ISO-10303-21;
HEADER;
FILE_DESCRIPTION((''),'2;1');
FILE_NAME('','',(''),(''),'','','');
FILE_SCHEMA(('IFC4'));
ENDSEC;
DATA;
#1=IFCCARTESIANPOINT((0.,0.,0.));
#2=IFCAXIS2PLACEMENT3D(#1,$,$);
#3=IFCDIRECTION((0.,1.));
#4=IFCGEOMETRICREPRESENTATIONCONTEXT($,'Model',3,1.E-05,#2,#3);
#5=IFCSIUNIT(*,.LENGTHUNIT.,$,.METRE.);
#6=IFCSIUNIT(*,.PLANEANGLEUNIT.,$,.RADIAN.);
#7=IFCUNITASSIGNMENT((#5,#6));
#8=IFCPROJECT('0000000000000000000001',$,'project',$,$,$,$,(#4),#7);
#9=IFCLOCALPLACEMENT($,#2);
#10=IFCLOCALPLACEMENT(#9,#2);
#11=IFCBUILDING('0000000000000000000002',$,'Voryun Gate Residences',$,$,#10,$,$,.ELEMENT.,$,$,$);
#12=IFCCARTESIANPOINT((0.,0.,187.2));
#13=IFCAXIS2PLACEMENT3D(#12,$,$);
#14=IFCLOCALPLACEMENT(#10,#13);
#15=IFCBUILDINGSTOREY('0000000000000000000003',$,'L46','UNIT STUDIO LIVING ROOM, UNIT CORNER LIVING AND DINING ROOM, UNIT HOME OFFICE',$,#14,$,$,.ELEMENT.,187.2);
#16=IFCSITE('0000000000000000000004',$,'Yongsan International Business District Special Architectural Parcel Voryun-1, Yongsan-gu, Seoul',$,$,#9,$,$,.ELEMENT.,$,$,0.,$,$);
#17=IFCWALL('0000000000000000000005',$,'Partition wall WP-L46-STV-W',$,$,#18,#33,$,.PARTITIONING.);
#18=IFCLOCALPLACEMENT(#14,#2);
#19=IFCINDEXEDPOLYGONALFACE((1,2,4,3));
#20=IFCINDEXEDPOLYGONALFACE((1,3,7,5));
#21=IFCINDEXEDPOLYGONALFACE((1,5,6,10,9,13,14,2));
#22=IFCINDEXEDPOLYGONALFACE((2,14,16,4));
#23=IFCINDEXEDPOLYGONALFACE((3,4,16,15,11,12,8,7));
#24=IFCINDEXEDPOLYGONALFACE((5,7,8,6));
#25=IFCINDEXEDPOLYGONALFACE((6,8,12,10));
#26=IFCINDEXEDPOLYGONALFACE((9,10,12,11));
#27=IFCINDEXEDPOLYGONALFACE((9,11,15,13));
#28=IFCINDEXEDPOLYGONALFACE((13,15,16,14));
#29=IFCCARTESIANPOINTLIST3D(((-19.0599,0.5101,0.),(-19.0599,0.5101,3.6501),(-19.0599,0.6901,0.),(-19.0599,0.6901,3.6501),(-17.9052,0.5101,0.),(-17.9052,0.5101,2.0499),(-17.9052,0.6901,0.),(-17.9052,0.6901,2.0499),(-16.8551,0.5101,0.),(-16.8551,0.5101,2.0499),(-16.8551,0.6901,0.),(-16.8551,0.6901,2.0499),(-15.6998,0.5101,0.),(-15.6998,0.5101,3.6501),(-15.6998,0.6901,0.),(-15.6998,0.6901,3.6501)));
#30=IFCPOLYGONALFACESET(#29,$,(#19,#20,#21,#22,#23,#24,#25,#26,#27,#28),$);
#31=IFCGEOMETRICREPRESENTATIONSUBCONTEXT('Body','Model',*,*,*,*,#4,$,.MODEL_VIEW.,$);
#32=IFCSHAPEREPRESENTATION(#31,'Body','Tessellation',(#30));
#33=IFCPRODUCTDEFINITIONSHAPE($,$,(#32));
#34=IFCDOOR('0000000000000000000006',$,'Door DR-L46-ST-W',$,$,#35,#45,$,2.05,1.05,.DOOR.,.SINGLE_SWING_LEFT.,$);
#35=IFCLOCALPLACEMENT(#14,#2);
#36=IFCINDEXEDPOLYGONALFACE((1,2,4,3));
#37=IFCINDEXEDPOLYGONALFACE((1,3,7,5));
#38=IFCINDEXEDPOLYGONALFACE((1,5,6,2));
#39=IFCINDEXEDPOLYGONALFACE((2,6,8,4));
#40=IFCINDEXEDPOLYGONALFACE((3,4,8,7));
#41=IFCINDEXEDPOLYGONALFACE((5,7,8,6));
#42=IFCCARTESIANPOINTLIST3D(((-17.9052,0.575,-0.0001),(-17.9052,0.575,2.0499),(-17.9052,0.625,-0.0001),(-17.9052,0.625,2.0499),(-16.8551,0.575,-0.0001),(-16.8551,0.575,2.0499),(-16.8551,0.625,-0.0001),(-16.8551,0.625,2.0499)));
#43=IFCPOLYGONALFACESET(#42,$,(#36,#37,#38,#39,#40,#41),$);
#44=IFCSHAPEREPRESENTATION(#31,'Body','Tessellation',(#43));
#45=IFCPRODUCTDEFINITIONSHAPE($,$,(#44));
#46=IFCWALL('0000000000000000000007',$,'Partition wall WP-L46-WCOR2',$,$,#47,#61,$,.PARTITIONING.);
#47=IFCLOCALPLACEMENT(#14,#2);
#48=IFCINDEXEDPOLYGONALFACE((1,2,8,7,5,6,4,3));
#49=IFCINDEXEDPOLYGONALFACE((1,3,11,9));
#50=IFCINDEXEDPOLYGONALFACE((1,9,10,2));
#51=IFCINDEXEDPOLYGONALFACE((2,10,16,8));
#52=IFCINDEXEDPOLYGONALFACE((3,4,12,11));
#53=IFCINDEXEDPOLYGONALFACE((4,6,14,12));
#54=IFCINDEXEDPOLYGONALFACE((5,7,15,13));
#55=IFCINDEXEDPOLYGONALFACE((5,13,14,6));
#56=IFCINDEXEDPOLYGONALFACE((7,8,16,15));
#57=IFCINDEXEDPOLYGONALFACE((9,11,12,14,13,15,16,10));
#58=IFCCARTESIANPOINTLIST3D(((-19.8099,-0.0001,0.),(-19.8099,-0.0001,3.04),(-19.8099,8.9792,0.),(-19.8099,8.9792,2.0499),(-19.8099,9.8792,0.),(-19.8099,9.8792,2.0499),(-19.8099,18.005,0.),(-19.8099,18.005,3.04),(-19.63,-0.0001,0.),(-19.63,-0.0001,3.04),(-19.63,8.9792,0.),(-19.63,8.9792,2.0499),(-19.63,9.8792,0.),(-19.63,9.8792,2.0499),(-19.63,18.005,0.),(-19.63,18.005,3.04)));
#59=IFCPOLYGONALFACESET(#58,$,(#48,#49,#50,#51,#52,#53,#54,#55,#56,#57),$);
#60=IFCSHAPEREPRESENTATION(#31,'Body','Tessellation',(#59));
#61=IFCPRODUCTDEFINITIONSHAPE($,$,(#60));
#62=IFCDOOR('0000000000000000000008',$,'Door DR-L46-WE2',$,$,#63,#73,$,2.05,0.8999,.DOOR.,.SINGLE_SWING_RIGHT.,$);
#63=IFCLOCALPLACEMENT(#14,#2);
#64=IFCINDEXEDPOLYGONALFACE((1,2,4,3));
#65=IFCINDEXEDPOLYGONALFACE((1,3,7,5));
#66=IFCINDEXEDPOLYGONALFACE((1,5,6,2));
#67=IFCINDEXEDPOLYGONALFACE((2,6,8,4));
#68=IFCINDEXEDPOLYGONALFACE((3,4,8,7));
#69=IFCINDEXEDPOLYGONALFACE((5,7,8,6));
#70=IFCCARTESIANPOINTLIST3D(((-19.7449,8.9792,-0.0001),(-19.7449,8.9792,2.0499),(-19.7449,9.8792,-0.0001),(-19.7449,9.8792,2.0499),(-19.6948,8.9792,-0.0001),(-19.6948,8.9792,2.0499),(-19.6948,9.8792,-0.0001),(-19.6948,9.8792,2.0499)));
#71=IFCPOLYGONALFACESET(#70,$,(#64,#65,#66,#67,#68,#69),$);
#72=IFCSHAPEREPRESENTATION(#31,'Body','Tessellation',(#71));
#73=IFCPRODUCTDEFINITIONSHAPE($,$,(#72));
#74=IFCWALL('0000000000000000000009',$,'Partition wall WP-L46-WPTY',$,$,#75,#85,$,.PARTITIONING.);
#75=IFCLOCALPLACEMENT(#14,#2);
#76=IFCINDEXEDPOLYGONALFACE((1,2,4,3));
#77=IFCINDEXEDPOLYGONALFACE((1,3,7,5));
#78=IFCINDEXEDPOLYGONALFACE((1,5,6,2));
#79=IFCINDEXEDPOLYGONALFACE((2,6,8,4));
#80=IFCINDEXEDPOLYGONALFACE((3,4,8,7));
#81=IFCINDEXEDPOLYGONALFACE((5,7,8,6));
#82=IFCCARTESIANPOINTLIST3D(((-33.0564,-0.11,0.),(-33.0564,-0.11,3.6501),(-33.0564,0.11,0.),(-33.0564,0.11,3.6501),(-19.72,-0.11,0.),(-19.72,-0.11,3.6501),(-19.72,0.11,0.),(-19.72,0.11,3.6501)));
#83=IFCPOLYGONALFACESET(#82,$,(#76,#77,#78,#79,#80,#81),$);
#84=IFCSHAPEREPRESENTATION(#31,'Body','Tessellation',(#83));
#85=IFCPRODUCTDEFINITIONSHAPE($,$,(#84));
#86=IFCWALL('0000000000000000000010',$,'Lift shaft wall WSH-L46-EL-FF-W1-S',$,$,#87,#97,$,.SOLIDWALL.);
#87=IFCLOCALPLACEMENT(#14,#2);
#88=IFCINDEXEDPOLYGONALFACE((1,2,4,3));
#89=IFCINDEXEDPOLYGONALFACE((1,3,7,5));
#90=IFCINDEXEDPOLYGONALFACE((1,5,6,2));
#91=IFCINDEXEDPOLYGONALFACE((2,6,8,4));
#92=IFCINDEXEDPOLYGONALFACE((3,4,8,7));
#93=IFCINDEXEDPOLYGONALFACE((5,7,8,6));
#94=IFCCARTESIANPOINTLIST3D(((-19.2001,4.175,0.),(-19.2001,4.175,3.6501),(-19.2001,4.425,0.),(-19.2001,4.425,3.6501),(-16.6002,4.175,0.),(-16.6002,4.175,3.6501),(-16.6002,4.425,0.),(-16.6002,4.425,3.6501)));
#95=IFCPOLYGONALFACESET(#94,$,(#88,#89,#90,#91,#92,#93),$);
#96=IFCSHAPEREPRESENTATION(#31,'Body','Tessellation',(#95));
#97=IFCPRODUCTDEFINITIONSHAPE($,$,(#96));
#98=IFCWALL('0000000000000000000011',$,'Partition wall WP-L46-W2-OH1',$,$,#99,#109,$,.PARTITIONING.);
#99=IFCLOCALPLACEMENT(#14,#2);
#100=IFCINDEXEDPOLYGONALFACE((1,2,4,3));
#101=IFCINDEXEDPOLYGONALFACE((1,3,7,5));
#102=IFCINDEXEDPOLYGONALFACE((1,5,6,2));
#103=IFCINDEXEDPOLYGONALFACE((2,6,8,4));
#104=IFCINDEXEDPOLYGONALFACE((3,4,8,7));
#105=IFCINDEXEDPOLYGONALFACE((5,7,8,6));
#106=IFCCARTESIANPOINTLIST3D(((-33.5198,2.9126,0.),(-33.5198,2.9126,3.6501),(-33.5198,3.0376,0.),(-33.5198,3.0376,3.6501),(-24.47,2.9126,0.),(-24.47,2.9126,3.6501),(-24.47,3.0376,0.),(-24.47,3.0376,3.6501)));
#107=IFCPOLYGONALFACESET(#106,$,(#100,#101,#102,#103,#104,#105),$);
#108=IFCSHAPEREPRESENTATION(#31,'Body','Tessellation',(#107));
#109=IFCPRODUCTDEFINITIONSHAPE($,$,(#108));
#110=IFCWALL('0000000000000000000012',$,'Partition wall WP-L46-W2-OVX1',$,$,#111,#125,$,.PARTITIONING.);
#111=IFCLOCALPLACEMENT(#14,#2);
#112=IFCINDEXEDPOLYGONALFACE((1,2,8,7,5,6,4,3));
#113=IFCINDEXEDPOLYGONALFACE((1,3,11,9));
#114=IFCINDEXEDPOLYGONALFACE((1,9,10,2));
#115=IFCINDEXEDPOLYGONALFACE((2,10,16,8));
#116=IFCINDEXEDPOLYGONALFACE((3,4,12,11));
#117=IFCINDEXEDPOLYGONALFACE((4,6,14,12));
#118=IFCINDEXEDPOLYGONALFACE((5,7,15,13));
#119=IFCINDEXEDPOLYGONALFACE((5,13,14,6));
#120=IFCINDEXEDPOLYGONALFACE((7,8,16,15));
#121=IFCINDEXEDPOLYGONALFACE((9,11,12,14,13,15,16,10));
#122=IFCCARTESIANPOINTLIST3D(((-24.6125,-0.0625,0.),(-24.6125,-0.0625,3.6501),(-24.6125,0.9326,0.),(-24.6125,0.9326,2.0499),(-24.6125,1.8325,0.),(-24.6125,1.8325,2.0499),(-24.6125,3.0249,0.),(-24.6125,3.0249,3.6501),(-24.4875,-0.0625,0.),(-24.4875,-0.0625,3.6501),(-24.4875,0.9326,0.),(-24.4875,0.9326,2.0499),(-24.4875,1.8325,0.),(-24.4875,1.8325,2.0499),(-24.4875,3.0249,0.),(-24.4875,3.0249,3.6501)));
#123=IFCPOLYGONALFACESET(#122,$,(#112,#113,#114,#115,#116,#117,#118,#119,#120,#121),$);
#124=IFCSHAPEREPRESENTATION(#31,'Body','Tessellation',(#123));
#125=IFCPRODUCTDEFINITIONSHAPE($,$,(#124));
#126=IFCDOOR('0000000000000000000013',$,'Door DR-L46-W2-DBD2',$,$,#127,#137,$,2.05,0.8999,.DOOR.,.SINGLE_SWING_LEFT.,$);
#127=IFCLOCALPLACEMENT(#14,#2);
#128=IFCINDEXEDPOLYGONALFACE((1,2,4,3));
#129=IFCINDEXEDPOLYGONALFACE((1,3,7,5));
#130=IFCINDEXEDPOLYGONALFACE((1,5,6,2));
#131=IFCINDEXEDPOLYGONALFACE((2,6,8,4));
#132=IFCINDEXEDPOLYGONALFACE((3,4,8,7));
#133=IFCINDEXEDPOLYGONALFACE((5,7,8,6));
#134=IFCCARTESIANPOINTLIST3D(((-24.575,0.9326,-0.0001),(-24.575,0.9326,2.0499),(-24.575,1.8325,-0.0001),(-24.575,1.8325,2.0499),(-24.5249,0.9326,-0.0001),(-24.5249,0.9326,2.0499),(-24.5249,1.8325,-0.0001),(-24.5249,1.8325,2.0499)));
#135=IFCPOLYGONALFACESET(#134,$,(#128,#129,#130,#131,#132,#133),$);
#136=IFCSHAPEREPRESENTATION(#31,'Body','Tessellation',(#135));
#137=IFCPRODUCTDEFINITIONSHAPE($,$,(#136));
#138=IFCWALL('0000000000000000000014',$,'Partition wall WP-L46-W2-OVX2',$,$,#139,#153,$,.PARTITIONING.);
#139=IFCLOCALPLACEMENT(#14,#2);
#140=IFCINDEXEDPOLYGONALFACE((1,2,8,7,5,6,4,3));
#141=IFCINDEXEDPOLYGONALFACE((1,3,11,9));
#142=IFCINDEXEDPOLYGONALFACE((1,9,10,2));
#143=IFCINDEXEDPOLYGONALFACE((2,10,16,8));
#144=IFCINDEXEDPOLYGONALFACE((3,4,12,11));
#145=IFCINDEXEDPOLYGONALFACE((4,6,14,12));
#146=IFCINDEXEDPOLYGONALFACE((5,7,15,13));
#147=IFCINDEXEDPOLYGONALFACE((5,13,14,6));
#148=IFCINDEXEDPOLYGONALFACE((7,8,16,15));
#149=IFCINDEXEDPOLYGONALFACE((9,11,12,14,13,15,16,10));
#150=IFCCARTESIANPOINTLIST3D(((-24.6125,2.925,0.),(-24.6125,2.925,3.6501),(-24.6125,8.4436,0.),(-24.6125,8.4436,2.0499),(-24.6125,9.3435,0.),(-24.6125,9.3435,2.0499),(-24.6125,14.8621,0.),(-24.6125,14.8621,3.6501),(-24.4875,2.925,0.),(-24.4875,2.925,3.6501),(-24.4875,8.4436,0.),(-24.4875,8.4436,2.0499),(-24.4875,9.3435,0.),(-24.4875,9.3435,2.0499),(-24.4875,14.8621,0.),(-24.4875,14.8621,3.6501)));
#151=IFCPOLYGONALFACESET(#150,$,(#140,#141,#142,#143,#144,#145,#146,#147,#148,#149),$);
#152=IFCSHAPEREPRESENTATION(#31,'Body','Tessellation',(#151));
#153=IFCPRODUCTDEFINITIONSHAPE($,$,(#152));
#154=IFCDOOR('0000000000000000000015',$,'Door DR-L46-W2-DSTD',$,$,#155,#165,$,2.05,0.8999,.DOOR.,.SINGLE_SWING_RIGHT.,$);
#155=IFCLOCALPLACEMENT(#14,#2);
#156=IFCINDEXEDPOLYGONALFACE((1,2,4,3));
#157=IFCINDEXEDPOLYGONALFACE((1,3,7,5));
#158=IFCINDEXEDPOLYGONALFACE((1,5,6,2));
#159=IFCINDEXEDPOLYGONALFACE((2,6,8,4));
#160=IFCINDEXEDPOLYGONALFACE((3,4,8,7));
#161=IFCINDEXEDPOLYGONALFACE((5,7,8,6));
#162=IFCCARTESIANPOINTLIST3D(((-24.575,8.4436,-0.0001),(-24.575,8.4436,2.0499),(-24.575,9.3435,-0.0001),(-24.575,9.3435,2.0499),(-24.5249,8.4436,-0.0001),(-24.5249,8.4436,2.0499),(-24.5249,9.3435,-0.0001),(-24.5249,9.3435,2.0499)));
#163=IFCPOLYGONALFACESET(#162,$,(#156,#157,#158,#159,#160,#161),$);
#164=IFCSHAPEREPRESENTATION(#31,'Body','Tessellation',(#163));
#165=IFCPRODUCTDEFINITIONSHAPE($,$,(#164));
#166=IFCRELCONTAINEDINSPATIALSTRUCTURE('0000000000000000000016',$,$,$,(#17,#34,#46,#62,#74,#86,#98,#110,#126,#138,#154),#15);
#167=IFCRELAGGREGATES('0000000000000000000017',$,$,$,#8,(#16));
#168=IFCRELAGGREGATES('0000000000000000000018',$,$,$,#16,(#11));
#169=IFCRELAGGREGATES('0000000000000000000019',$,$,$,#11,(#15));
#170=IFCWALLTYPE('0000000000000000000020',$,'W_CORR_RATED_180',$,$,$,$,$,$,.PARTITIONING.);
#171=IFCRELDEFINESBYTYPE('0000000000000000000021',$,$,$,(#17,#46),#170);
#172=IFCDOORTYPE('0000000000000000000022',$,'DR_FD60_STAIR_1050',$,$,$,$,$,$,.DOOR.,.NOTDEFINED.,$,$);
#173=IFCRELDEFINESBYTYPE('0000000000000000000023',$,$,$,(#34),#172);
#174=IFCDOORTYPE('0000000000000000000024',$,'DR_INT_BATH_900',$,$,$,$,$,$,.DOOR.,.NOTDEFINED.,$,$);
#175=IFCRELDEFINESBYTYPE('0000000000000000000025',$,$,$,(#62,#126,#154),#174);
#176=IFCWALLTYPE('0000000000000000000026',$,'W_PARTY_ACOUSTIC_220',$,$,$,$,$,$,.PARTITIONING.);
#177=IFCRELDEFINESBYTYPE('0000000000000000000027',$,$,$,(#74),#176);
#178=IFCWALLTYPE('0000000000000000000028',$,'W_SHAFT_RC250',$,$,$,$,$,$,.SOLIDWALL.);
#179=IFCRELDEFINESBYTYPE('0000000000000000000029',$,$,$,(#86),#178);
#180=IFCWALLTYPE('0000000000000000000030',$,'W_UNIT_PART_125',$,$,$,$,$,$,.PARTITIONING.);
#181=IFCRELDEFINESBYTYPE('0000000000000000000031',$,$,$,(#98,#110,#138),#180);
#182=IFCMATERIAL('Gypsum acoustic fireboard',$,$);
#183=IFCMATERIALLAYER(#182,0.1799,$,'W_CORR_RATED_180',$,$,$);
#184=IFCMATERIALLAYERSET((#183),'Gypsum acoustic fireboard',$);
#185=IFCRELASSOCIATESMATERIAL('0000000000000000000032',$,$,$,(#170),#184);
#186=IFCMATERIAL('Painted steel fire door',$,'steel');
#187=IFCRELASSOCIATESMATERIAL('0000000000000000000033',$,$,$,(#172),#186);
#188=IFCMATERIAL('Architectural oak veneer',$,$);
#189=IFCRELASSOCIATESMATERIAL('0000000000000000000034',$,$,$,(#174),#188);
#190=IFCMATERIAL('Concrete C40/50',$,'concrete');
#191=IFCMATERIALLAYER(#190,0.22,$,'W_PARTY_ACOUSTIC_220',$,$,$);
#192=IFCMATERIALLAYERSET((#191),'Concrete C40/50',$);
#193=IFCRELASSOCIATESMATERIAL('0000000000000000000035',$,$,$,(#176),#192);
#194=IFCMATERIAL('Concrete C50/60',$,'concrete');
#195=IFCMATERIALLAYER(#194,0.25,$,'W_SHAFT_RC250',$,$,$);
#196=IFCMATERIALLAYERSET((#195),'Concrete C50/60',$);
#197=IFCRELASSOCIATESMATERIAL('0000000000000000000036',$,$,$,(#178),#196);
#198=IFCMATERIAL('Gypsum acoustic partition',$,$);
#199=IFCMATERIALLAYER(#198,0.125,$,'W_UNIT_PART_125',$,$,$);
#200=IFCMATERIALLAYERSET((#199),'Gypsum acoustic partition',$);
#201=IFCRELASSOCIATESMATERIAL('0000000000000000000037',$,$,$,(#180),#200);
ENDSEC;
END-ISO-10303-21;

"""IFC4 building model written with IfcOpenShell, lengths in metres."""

from ifc_helpers import new_model, si_unit, direction, frame, frame_2d, origin, place, context, subcontext, project, spatial, rectangle, extrude, material, layer, layer_set, type_object, element, fill, save


model = new_model("IFC4")

# Units and contexts
model_context = context("Model", 3, precision=1e-05, world=origin(), true_north=direction((0.0, 1.0)))
body_context = subcontext(model_context, "Body", "Model", "MODEL_VIEW")
ifc_project = project(units=[si_unit("LENGTHUNIT", "METRE"), si_unit("PLANEANGLEUNIT", "RADIAN")], contexts=[model_context])

# Site, building, storey
site_placement = place(None, origin())
site = spatial("IfcSite", under=ifc_project, at=site_placement, Name="Yongsan International Business District Special Architectural Parcel Voryun-1, Yongsan-gu, Seoul", CompositionType="ELEMENT", RefElevation=0.0)
building_placement = place(site_placement, origin())
building = spatial("IfcBuilding", under=site, at=building_placement, Name="Voryun Gate Residences", CompositionType="ELEMENT")
storey_placement = place(building_placement, frame((0.0, 0.0, 187.2)))
storey = spatial("IfcBuildingStorey", under=building, at=storey_placement, Name="L46", Description="UNIT STUDIO LIVING ROOM, UNIT CORNER LIVING AND DINING ROOM, UNIT HOME OFFICE", CompositionType="ELEMENT", Elevation=187.2)

# Walls, openings, doors
ifc_material_1 = material(Name="Gypsum acoustic fireboard")
ifc_layer_1 = layer(ifc_material_1, 0.1799, Name="W_CORR_RATED_180")
ifc_layer_set_1 = layer_set([ifc_layer_1], Name="Gypsum acoustic fireboard")
wall_type_1 = type_object("IfcWallType", Name="W_CORR_RATED_180", PredefinedType="PARTITIONING", material=ifc_layer_set_1)
wall_1_placement = place(storey_placement, frame((-19.0601, 0.6001, 0.0), z_axis=(0.0, 0.0, 1.0), x_axis=(1.0, 0.0, 0.0)))
wall_1 = element("IfcWall", 1, at=wall_1_placement, inside=storey, type_object=wall_type_1, Name="Partition wall WP-L46-STV-W", PredefinedType="PARTITIONING", context=body_context, shape_type="SweptSolid", body=[
    extrude(rectangle(XDim=3.3601, YDim=0.1799, at=frame_2d((1.6802, 0.0))), origin(), (0.0, 0.0, 1.0), 3.6501),
])
opening_1_placement = place(wall_1_placement, frame((1.155, 0.0, 0.0)))
opening_1 = element("IfcOpeningElement", 2, at=opening_1_placement, cuts=wall_1, PredefinedType="OPENING", context=body_context, shape_type="SweptSolid", body=[
    extrude(rectangle(XDim=1.05, YDim=2.05, at=frame_2d((0.5249, 1.0249))), frame((0.0, 0.0999, 0.0), z_axis=(0.0, -1.0, 0.0), x_axis=(1.0, 0.0, 0.0)), (0.0, 0.0, 1.0), 0.2),
])
ifc_material_2 = material(Name="Painted steel fire door", Category="steel")
door_type_1 = type_object("IfcDoorType", Name="DR_FD60_STAIR_1050", OperationType="NOTDEFINED", PredefinedType="DOOR", material=ifc_material_2)
door_1_placement = place(opening_1_placement, origin())
door_1 = element("IfcDoor", 3, at=door_1_placement, inside=storey, type_object=door_type_1, Name="Door DR-L46-ST-W", OperationType="SINGLE_SWING_LEFT", OverallHeight=2.05, OverallWidth=1.05, PredefinedType="DOOR", context=body_context, shape_type="SweptSolid", body=[
    extrude(rectangle(XDim=1.05, YDim=2.05, at=frame_2d((0.5249, 1.0249))), frame((0.0, 0.0249, 0.0), z_axis=(0.0, -1.0, 0.0), x_axis=(1.0, 0.0, 0.0)), (0.0, 0.0, 1.0), 0.05),
])
fill(opening_1, door_1)
wall_2_placement = place(storey_placement, frame((-19.72, 0.0, 0.0), z_axis=(0.0, 0.0, 1.0), x_axis=(0.0, 1.0, 0.0)))
wall_2 = element("IfcWall", 4, at=wall_2_placement, inside=storey, type_object=wall_type_1, Name="Partition wall WP-L46-WCOR2", PredefinedType="PARTITIONING", context=body_context, shape_type="SweptSolid", body=[
    extrude(rectangle(XDim=18.0051, YDim=0.1799, at=frame_2d((9.0024, 0.0))), origin(), (0.0, 0.0, 1.0), 3.04),
])
opening_2_placement = place(wall_2_placement, frame((8.9792, 0.0, 0.0)))
opening_2 = element("IfcOpeningElement", 5, at=opening_2_placement, cuts=wall_2, PredefinedType="OPENING", context=body_context, shape_type="SweptSolid", body=[
    extrude(rectangle(XDim=0.8999, YDim=2.05, at=frame_2d((0.45, 1.0249))), frame((0.0, 0.0999, 0.0), z_axis=(0.0, -1.0, 0.0), x_axis=(1.0, 0.0, 0.0)), (0.0, 0.0, 1.0), 0.2),
])
ifc_material_3 = material(Name="Architectural oak veneer")
door_type_2 = type_object("IfcDoorType", Name="DR_INT_BATH_900", OperationType="NOTDEFINED", PredefinedType="DOOR", material=ifc_material_3)
door_2_placement = place(opening_2_placement, origin())
door_2 = element("IfcDoor", 6, at=door_2_placement, inside=storey, type_object=door_type_2, Name="Door DR-L46-WE2", OperationType="SINGLE_SWING_RIGHT", OverallHeight=2.05, OverallWidth=0.8999, PredefinedType="DOOR", context=body_context, shape_type="SweptSolid", body=[
    extrude(rectangle(XDim=0.8999, YDim=2.05, at=frame_2d((0.45, 1.0249))), frame((0.0, 0.0249, 0.0), z_axis=(0.0, -1.0, 0.0), x_axis=(1.0, 0.0, 0.0)), (0.0, 0.0, 1.0), 0.05),
])
fill(opening_2, door_2)

# Walls
ifc_material_4 = material(Name="Concrete C40/50", Category="concrete")
ifc_layer_2 = layer(ifc_material_4, 0.22, Name="W_PARTY_ACOUSTIC_220")
ifc_layer_set_2 = layer_set([ifc_layer_2], Name="Concrete C40/50")
wall_type_2 = type_object("IfcWallType", Name="W_PARTY_ACOUSTIC_220", PredefinedType="PARTITIONING", material=ifc_layer_set_2)
wall_3_placement = place(storey_placement, frame((-19.72, 0.0, 0.0), z_axis=(0.0, 0.0, 1.0), x_axis=(-1.0, 0.0, 0.0)))
element("IfcWall", 7, at=wall_3_placement, inside=storey, type_object=wall_type_2, Name="Partition wall WP-L46-WPTY", PredefinedType="PARTITIONING", context=body_context, shape_type="SweptSolid", body=[
    extrude(rectangle(XDim=13.3364, YDim=0.22, at=frame_2d((6.6682, 0.0))), origin(), (0.0, 0.0, 1.0), 3.6501),
])
ifc_material_5 = material(Name="Concrete C50/60", Category="concrete")
ifc_layer_3 = layer(ifc_material_5, 0.25, Name="W_SHAFT_RC250")
ifc_layer_set_3 = layer_set([ifc_layer_3], Name="Concrete C50/60")
wall_type_3 = type_object("IfcWallType", Name="W_SHAFT_RC250", PredefinedType="SOLIDWALL", material=ifc_layer_set_3)
wall_4_placement = place(storey_placement, frame((-19.2, 4.3, 0.0), z_axis=(0.0, 0.0, 1.0), x_axis=(1.0, 0.0, 0.0)))
element("IfcWall", 8, at=wall_4_placement, inside=storey, type_object=wall_type_3, Name="Lift shaft wall WSH-L46-EL-FF-W1-S", PredefinedType="SOLIDWALL", context=body_context, shape_type="SweptSolid", body=[
    extrude(rectangle(XDim=2.5999, YDim=0.25, at=frame_2d((1.2998, 0.0))), origin(), (0.0, 0.0, 1.0), 3.6501),
])
ifc_material_6 = material(Name="Gypsum acoustic partition")
ifc_layer_4 = layer(ifc_material_6, 0.125, Name="W_UNIT_PART_125")
ifc_layer_set_4 = layer_set([ifc_layer_4], Name="Gypsum acoustic partition")
wall_type_4 = type_object("IfcWallType", Name="W_UNIT_PART_125", PredefinedType="PARTITIONING", material=ifc_layer_set_4)
wall_5_placement = place(storey_placement, frame((-33.5198, 2.9751, 0.0), z_axis=(0.0, 0.0, 1.0), x_axis=(1.0, 0.0, 0.0)))
element("IfcWall", 9, at=wall_5_placement, inside=storey, type_object=wall_type_4, Name="Partition wall WP-L46-W2-OH1", PredefinedType="PARTITIONING", context=body_context, shape_type="SweptSolid", body=[
    extrude(rectangle(XDim=9.0498, YDim=0.125, at=frame_2d((4.5249, 0.0))), origin(), (0.0, 0.0, 1.0), 3.6501),
])

# Walls, openings, doors
wall_6_placement = place(storey_placement, frame((-24.55, -0.0625, 0.0), z_axis=(0.0, 0.0, 1.0), x_axis=(0.0, 1.0, 0.0)))
wall_6 = element("IfcWall", 10, at=wall_6_placement, inside=storey, type_object=wall_type_4, Name="Partition wall WP-L46-W2-OVX1", PredefinedType="PARTITIONING", context=body_context, shape_type="SweptSolid", body=[
    extrude(rectangle(XDim=3.0874, YDim=0.125, at=frame_2d((1.5437, 0.0))), origin(), (0.0, 0.0, 1.0), 3.6501),
])
opening_3_placement = place(wall_6_placement, frame((0.9951, 0.0, 0.0)))
opening_3 = element("IfcOpeningElement", 11, at=opening_3_placement, cuts=wall_6, PredefinedType="OPENING", context=body_context, shape_type="SweptSolid", body=[
    extrude(rectangle(XDim=0.8999, YDim=2.05, at=frame_2d((0.45, 1.0249))), frame((0.0, 0.0725, 0.0), z_axis=(0.0, -1.0, 0.0), x_axis=(1.0, 0.0, 0.0)), (0.0, 0.0, 1.0), 0.145),
])
door_3_placement = place(opening_3_placement, origin())
door_3 = element("IfcDoor", 12, at=door_3_placement, inside=storey, type_object=door_type_2, Name="Door DR-L46-W2-DBD2", OperationType="SINGLE_SWING_LEFT", OverallHeight=2.05, OverallWidth=0.8999, PredefinedType="DOOR", context=body_context, shape_type="SweptSolid", body=[
    extrude(rectangle(XDim=0.8999, YDim=2.05, at=frame_2d((0.45, 1.0249))), frame((0.0, 0.0249, 0.0), z_axis=(0.0, -1.0, 0.0), x_axis=(1.0, 0.0, 0.0)), (0.0, 0.0, 1.0), 0.05),
])
fill(opening_3, door_3)
wall_7_placement = place(storey_placement, frame((-24.55, 2.925, 0.0), z_axis=(0.0, 0.0, 1.0), x_axis=(0.0, 1.0, 0.0)))
wall_7 = element("IfcWall", 13, at=wall_7_placement, inside=storey, type_object=wall_type_4, Name="Partition wall WP-L46-W2-OVX2", PredefinedType="PARTITIONING", context=body_context, shape_type="SweptSolid", body=[
    extrude(rectangle(XDim=11.937, YDim=0.125, at=frame_2d((5.9685, 0.0))), origin(), (0.0, 0.0, 1.0), 3.6501),
])
opening_4_placement = place(wall_7_placement, frame((5.5186, 0.0, 0.0)))
opening_4 = element("IfcOpeningElement", 14, at=opening_4_placement, cuts=wall_7, PredefinedType="OPENING", context=body_context, shape_type="SweptSolid", body=[
    extrude(rectangle(XDim=0.8999, YDim=2.05, at=frame_2d((0.45, 1.0249))), frame((0.0, 0.0725, 0.0), z_axis=(0.0, -1.0, 0.0), x_axis=(1.0, 0.0, 0.0)), (0.0, 0.0, 1.0), 0.145),
])
door_4_placement = place(opening_4_placement, origin())
door_4 = element("IfcDoor", 15, at=door_4_placement, inside=storey, type_object=door_type_2, Name="Door DR-L46-W2-DSTD", OperationType="SINGLE_SWING_RIGHT", OverallHeight=2.05, OverallWidth=0.8999, PredefinedType="DOOR", context=body_context, shape_type="SweptSolid", body=[
    extrude(rectangle(XDim=0.8999, YDim=2.05, at=frame_2d((0.45, 1.0249))), frame((0.0, 0.0249, 0.0), z_axis=(0.0, -1.0, 0.0), x_axis=(1.0, 0.0, 0.0)), (0.0, 0.0, 1.0), 0.05),
])
fill(opening_4, door_4)

save(model, "model.ifc")
